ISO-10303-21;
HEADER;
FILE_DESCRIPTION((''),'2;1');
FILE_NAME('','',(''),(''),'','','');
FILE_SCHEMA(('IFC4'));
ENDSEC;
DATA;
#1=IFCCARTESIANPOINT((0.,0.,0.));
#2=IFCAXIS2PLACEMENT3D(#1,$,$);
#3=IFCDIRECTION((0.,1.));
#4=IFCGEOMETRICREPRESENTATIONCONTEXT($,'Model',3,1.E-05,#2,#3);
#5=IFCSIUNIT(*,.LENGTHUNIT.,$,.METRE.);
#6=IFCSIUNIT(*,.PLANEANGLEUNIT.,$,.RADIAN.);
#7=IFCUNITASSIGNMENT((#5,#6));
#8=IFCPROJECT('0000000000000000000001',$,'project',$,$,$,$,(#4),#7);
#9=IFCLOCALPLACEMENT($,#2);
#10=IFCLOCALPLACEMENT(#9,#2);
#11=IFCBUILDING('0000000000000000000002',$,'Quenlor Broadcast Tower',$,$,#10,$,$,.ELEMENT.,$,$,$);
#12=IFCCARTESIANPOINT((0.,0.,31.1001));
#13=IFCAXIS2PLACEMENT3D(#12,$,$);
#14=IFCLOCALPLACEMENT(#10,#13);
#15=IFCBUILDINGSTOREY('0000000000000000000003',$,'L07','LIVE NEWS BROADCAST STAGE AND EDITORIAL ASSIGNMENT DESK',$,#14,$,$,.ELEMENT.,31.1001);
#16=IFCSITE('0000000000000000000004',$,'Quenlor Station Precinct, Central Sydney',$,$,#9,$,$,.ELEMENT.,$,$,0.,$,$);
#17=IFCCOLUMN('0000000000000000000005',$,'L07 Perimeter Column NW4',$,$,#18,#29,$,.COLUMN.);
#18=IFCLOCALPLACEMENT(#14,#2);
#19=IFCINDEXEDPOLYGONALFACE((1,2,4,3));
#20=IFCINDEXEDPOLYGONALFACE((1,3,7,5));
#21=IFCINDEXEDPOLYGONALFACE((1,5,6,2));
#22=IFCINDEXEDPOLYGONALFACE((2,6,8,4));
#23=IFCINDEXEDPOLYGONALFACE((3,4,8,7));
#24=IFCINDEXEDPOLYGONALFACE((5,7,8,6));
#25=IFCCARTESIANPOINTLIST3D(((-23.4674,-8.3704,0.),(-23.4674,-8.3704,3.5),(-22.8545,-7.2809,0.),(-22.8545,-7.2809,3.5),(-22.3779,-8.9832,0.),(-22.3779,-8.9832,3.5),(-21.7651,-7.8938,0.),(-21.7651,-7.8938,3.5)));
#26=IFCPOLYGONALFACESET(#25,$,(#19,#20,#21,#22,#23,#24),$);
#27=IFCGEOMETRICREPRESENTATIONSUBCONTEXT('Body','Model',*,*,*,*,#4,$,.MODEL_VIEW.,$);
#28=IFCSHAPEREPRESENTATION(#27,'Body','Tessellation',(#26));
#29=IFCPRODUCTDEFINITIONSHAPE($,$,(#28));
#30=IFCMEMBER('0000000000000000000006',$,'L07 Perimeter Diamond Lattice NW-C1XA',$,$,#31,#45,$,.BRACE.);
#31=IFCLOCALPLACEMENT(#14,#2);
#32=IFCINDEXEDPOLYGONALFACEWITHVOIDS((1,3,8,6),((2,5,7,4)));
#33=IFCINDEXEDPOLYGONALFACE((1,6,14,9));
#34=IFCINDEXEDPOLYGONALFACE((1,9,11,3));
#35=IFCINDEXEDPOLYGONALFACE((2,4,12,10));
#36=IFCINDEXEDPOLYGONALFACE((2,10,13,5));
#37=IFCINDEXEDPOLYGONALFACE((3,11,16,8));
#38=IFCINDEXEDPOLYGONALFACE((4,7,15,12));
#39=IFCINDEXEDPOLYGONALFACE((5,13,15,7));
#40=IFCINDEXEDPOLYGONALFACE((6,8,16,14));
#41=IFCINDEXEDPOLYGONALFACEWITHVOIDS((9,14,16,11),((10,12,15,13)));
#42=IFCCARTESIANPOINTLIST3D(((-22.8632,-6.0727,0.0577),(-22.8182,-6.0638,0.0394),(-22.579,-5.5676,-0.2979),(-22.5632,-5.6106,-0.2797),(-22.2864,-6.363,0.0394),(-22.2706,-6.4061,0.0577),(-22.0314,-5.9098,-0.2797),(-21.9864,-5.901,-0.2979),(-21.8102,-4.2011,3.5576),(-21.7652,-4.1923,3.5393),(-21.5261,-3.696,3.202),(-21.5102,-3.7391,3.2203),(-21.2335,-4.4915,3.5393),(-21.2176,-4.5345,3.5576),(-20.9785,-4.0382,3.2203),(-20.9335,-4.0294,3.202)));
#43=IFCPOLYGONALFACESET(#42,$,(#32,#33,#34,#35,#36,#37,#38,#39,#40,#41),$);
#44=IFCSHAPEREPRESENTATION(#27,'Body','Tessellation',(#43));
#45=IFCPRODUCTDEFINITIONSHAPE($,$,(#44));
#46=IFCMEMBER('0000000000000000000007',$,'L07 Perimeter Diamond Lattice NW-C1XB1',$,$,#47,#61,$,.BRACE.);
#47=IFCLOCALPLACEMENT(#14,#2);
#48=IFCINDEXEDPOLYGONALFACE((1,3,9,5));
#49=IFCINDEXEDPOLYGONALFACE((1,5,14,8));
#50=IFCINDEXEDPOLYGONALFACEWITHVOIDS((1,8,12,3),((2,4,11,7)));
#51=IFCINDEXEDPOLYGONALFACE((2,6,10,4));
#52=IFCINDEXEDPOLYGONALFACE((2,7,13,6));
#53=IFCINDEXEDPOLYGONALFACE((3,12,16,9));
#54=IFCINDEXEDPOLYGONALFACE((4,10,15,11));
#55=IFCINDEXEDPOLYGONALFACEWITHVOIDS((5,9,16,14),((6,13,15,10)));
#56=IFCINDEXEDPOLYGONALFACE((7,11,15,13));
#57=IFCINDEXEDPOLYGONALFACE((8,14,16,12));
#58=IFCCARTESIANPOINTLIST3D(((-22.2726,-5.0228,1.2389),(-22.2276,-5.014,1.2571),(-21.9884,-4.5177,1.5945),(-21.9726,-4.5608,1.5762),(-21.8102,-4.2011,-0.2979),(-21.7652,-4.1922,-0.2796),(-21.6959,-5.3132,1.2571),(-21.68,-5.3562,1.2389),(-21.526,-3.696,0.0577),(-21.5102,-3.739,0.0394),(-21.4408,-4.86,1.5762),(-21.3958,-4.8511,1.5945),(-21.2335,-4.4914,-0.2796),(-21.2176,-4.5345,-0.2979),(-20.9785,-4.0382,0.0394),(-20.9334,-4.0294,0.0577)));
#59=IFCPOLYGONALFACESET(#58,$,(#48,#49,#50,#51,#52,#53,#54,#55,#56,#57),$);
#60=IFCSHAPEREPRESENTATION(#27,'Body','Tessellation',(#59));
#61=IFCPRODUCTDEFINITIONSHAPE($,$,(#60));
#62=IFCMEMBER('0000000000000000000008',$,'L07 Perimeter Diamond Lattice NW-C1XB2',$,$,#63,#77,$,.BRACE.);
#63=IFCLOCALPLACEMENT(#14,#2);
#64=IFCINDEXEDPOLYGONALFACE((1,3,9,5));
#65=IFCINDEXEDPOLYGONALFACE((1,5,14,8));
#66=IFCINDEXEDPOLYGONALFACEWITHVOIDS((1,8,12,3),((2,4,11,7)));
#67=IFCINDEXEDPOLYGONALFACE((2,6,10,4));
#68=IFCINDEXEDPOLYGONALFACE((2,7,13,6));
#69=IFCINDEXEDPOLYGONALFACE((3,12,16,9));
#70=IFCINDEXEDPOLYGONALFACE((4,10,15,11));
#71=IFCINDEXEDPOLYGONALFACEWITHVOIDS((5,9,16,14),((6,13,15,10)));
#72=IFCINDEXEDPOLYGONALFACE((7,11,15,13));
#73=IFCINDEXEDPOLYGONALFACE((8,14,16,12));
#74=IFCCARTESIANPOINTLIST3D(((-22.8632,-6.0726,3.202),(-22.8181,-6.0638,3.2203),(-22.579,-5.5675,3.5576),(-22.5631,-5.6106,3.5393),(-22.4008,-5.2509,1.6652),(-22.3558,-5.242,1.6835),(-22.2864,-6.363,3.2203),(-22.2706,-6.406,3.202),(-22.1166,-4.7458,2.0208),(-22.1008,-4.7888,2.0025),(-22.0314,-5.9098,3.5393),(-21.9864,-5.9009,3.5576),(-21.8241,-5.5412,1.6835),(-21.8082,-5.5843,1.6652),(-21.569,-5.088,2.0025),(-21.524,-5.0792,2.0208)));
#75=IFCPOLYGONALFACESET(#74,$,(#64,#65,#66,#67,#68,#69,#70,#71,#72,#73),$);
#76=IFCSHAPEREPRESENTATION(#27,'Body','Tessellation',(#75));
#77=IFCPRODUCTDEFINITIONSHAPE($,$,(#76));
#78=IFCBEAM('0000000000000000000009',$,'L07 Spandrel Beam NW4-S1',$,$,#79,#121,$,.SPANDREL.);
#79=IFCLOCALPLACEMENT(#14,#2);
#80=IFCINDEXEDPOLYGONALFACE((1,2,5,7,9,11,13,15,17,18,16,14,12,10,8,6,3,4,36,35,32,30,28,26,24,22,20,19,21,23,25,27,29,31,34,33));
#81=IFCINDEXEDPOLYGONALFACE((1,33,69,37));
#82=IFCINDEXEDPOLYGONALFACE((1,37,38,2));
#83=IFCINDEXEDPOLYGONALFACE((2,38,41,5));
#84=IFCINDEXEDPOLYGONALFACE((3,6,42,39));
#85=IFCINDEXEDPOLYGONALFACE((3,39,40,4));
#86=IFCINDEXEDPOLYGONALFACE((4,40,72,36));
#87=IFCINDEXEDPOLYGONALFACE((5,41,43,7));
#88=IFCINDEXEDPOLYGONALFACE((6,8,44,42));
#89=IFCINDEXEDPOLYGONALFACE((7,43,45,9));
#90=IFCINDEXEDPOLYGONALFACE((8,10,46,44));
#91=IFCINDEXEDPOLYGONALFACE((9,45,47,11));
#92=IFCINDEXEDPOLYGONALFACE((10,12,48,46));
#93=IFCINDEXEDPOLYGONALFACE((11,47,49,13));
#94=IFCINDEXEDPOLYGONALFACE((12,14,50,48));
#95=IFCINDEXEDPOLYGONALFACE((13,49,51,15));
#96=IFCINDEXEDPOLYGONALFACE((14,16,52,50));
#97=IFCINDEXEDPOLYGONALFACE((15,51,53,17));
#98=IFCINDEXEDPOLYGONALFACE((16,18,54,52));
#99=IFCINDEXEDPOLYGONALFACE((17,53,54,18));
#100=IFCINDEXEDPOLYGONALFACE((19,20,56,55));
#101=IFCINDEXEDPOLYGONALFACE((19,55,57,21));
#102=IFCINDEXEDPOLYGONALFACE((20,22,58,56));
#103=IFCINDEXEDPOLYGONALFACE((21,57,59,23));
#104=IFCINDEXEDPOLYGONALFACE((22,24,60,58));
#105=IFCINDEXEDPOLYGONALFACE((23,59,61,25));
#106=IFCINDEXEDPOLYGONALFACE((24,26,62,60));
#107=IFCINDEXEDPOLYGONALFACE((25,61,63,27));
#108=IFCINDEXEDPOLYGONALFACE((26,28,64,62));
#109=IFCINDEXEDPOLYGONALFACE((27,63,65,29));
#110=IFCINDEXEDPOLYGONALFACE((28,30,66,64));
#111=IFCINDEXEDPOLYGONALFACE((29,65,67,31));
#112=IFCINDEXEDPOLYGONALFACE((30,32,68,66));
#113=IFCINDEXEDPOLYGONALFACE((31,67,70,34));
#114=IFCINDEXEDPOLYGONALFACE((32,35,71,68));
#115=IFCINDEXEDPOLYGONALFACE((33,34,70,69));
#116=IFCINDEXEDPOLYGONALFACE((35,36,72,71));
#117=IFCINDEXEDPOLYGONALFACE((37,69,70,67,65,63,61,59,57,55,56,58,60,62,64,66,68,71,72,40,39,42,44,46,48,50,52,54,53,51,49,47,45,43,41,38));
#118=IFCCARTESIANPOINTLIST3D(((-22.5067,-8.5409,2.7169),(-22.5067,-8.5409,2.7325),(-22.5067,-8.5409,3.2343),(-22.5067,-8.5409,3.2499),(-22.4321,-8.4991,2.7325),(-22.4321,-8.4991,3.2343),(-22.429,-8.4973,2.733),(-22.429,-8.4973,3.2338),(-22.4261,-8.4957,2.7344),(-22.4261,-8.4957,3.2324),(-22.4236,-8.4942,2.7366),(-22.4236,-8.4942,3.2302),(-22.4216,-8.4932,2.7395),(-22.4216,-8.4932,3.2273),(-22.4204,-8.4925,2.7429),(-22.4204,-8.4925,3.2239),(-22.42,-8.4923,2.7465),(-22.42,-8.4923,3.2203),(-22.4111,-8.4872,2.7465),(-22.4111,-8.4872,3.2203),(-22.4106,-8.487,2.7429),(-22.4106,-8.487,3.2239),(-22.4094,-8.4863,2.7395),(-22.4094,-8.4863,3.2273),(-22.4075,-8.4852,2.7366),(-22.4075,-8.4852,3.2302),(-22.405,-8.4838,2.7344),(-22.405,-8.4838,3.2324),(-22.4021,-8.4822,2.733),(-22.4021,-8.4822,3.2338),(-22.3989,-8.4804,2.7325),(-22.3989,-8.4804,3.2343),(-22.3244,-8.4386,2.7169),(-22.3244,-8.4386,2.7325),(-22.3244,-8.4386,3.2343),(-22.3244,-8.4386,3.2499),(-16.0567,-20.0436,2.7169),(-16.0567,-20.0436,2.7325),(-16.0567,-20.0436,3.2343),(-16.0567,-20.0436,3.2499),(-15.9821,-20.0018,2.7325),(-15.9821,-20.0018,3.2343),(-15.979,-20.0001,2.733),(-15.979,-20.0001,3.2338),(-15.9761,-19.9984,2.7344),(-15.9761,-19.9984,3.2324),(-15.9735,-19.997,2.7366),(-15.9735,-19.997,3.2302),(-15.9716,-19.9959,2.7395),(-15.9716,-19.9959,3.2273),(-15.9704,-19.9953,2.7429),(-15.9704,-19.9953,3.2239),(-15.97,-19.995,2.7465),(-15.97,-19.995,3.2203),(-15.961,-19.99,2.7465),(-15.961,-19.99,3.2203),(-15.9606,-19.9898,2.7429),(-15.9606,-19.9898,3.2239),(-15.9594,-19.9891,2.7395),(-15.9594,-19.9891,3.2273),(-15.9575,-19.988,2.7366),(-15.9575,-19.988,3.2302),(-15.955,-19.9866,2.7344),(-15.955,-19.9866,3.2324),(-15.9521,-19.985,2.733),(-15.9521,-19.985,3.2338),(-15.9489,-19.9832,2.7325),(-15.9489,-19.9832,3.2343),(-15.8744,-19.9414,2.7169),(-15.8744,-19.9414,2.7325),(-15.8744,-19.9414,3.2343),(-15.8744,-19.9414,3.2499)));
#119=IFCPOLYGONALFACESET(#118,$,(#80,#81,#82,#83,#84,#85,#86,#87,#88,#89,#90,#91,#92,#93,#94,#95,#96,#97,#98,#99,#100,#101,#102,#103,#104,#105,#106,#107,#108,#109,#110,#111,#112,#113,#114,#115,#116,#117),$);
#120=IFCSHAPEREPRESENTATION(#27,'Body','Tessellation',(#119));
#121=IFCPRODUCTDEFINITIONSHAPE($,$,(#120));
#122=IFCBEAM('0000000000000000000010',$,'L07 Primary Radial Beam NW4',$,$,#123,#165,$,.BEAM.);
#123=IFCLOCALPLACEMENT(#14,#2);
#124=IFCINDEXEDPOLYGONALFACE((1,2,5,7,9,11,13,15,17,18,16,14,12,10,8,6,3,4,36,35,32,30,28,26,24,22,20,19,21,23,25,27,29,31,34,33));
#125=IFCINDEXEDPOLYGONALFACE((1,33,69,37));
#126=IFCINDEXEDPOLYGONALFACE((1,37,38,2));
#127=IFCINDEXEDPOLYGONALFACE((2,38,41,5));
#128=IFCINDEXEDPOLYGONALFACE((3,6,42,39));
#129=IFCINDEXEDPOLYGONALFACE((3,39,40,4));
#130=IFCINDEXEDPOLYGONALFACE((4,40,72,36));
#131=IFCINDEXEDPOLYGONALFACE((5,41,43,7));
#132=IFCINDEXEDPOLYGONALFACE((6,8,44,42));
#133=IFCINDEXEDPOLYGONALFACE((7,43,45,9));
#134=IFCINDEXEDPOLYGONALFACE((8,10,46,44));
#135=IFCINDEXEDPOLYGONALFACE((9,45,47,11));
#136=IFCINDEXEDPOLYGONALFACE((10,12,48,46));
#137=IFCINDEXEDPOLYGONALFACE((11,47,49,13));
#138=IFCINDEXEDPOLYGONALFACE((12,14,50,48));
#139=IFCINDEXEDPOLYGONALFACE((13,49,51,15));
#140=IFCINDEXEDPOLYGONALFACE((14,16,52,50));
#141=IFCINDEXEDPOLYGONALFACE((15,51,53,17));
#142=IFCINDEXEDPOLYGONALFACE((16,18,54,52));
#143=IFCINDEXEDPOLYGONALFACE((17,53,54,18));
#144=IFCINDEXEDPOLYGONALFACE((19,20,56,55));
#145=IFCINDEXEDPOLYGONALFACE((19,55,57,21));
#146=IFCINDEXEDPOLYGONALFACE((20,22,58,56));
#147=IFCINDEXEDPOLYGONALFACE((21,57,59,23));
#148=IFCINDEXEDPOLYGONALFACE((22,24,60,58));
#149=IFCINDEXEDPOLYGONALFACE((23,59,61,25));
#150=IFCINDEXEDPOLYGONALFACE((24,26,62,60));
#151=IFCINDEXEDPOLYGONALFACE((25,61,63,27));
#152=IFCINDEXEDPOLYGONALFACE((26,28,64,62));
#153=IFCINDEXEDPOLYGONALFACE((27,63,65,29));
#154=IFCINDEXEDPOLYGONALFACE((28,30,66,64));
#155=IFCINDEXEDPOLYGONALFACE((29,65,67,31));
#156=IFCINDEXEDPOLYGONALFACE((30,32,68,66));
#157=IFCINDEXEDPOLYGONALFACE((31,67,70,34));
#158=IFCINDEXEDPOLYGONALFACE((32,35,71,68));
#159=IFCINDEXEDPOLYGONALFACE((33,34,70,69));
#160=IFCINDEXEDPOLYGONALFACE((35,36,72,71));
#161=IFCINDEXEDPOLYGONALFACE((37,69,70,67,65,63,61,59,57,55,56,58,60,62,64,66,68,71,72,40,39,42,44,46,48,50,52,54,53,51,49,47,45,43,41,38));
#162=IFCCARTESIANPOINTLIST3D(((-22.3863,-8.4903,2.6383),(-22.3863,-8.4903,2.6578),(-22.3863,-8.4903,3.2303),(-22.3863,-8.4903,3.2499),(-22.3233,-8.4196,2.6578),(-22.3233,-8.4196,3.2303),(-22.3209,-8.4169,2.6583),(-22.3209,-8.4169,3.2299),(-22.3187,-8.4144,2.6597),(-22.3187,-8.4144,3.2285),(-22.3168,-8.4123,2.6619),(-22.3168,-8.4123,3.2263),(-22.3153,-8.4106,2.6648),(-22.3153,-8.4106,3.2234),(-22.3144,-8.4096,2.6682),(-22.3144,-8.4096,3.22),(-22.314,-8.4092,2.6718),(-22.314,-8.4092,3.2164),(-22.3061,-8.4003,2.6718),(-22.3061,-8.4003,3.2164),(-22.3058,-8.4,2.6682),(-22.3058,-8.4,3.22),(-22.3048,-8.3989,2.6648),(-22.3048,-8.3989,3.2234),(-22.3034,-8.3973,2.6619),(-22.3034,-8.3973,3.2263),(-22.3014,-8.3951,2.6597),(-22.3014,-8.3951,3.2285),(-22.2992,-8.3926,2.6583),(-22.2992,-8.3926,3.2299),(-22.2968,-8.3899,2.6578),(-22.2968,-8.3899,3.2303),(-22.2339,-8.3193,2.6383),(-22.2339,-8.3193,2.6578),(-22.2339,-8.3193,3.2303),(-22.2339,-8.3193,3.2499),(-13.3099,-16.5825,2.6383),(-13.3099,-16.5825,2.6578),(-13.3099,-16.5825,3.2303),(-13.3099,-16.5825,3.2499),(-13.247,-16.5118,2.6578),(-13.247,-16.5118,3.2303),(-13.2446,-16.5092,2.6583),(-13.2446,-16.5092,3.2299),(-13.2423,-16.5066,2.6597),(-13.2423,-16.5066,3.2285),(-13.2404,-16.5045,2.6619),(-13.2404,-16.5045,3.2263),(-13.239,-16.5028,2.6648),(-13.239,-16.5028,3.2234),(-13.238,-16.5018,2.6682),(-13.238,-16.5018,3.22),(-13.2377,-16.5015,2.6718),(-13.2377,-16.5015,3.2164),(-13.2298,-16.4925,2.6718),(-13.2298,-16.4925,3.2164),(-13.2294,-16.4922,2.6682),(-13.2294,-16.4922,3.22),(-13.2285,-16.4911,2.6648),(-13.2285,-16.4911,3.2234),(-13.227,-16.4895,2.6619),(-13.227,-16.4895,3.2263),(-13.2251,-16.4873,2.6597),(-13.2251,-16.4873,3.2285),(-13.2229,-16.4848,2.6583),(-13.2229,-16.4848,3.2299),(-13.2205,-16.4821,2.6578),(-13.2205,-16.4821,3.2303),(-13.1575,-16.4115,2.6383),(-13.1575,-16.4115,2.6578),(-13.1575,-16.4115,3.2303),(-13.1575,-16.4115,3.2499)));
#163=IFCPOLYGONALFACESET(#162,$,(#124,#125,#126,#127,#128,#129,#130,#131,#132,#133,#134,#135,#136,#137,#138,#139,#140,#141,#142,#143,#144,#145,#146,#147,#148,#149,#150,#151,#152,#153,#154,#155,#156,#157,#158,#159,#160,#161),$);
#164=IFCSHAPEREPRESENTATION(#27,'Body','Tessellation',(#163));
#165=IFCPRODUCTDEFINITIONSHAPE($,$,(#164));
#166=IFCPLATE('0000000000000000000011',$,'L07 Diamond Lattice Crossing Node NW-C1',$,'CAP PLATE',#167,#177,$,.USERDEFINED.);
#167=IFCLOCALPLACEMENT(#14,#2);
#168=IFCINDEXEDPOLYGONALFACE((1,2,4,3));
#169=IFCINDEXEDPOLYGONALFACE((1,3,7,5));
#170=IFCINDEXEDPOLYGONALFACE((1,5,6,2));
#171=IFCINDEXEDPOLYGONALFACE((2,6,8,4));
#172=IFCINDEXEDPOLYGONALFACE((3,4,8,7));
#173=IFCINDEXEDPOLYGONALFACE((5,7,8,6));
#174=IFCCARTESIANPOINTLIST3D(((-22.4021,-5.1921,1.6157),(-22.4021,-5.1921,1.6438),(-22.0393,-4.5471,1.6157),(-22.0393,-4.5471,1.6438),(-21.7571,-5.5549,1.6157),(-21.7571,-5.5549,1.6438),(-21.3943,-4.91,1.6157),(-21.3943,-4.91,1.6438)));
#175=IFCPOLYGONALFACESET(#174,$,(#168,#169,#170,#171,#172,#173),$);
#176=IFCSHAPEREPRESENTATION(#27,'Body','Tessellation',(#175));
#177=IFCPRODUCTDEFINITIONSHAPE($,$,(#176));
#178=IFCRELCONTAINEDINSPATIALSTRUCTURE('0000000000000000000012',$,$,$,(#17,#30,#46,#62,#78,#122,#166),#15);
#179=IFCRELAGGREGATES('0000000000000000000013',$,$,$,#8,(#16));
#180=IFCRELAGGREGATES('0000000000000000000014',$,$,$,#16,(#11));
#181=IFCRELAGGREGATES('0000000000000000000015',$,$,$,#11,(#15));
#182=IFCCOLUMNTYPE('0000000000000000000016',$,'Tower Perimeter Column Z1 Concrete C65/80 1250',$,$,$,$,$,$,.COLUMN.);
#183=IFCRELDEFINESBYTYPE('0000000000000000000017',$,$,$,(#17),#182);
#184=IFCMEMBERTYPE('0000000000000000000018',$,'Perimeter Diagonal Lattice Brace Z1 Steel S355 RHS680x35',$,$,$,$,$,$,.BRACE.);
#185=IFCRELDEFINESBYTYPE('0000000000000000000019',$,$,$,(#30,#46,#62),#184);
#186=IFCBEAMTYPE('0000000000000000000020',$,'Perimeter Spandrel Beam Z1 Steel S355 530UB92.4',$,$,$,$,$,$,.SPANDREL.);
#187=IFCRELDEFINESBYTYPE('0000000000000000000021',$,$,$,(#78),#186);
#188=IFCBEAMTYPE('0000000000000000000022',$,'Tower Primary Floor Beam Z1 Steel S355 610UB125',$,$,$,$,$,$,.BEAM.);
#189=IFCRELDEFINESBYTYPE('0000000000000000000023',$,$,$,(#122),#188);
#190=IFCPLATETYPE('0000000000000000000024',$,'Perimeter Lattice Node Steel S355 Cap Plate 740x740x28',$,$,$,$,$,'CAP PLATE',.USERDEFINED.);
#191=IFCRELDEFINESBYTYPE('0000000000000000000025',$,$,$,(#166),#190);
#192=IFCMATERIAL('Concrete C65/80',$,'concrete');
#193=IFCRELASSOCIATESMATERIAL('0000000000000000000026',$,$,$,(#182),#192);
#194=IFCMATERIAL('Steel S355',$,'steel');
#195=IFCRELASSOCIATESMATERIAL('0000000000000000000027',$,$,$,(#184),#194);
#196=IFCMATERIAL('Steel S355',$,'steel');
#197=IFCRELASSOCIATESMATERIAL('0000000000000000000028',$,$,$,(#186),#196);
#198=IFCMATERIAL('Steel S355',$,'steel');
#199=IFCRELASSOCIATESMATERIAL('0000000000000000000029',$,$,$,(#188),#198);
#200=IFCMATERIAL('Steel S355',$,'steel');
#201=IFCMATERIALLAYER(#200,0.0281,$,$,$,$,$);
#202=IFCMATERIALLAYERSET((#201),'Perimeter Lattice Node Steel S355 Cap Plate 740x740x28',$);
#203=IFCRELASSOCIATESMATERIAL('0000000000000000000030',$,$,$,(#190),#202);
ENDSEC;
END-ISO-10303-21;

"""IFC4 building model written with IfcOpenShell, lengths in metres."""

from ifc_helpers import new_model, si_unit, direction, frame, origin, origin_2d, place, context, subcontext, project, spatial, rectangle, hollow_rectangle, i_section, extrude, material, layer, layer_set, material_profile, profile_set, type_object, element, save


model = new_model("IFC4")

# Units and contexts
model_context = context("Model", 3, precision=1e-05, world=origin(), true_north=direction((0.0, 1.0)))
body_context = subcontext(model_context, "Body", "Model", "MODEL_VIEW")
ifc_project = project(units=[si_unit("LENGTHUNIT", "METRE"), si_unit("PLANEANGLEUNIT", "RADIAN")], contexts=[model_context])

# Site, building, storey
site_placement = place(None, origin())
site = spatial("IfcSite", under=ifc_project, at=site_placement, Name="Quenlor Station Precinct, Central Sydney", CompositionType="ELEMENT", RefElevation=0.0)
building_placement = place(site_placement, origin())
building = spatial("IfcBuilding", under=site, at=building_placement, Name="Quenlor Broadcast Tower", CompositionType="ELEMENT")
storey_placement = place(building_placement, frame((0.0, 0.0, 31.1001)))
storey = spatial("IfcBuildingStorey", under=building, at=storey_placement, Name="L07", Description="LIVE NEWS BROADCAST STAGE AND EDITORIAL ASSIGNMENT DESK", CompositionType="ELEMENT", Elevation=31.1001)

# Column
ifc_material_1 = material(Name="Concrete C65/80", Category="concrete")
ifc_material_profile_1 = material_profile(ifc_material_1, rectangle(XDim=1.25, YDim=1.25, at=origin_2d()))
ifc_profile_set_1 = profile_set([ifc_material_profile_1], Name="Concrete C65/80 RC1250x1250")
column_type = type_object("IfcColumnType", Name="Tower Perimeter Column Z1 Concrete C65/80 1250", PredefinedType="COLUMN", material=ifc_profile_set_1)
column_placement = place(storey_placement, frame((-22.6162, -8.1321, 0.0), z_axis=(0.0, 0.0, 1.0), x_axis=(-0.871575, 0.490262, 0.0)))
element("IfcColumn", 1, at=column_placement, inside=storey, type_object=column_type, Name="L07 Perimeter Column NW4", PredefinedType="COLUMN", context=body_context, shape_type="SweptSolid", body=[
    extrude(rectangle(XDim=1.25, YDim=1.25, at=origin_2d()), origin(), (0.0, 0.0, 1.0), 3.5),
])

# Members
ifc_material_2 = material(Name="Steel S355", Category="steel")
ifc_material_profile_2 = material_profile(ifc_material_2, hollow_rectangle(XDim=0.6799, YDim=0.6799, WallThickness=0.0349, at=origin_2d()))
ifc_profile_set_2 = profile_set([ifc_material_profile_2], Name="Steel S355 RHS680x680x35")
member_type = type_object("IfcMemberType", Name="Perimeter Diagonal Lattice Brace Z1 Steel S355 RHS680x35", PredefinedType="BRACE", material=ifc_profile_set_2)
member_placement = place(storey_placement, frame((-22.4248, -5.9868, -0.1201), z_axis=(0.256431, 0.455785, 0.852352), x_axis=(-0.871533, 0.490337, 0.0)))
element("IfcMember", 2, at=member_placement, inside=storey, type_object=member_type, Name="L07 Perimeter Diamond Lattice NW-C1XA", PredefinedType="BRACE", context=body_context, shape_type="SweptSolid", body=[
    extrude(hollow_rectangle(XDim=0.6799, YDim=0.6799, WallThickness=0.0349, at=origin_2d()), origin(), (0.0, 0.0, 1.0), 4.1062),
])
for number, where, z_axis, x_axis, name in (
    (3, (-21.3718, -4.1152, -0.1201), (-0.256452, -0.455764, 0.852357), (0.871506, -0.490384, 0.0), "L07 Perimeter Diamond Lattice NW-C1XB1"),
    (4, (-21.9624, -5.165, 1.843), (-0.256452, -0.455764, 0.852357), (0.871506, -0.490384, 0.0), "L07 Perimeter Diamond Lattice NW-C1XB2"),
):
    element("IfcMember", number, at=place(storey_placement, frame(where, z_axis=z_axis, x_axis=x_axis)), inside=storey, type_object=member_type, Name=name, PredefinedType="BRACE", context=body_context, shape_type="SweptSolid", body=[
        extrude(hollow_rectangle(XDim=0.6799, YDim=0.6799, WallThickness=0.0349, at=origin_2d()), origin(), (0.0, 0.0, 1.0), 1.803),
    ])

# Beams
ifc_material_3 = material(Name="Steel S355", Category="steel")
ifc_material_profile_3 = material_profile(ifc_material_3, i_section(OverallWidth=0.209, OverallDepth=0.533, WebThickness=0.0103, FlangeThickness=0.0156, FilletRadius=0.0139, at=origin_2d()))
ifc_profile_set_3 = profile_set([ifc_material_profile_3], Name="Steel S355 530UB92.4")
beam_type_1 = type_object("IfcBeamType", Name="Perimeter Spandrel Beam Z1 Steel S355 530UB92.4", PredefinedType="SPANDREL", material=ifc_profile_set_3)
beam_1_placement = place(storey_placement, frame((-22.4155, -8.4897, 2.9834), z_axis=(0.489091, -0.872233, 0.0), x_axis=(0.872233, 0.489091, 0.0)))
element("IfcBeam", 5, at=beam_1_placement, inside=storey, type_object=beam_type_1, Name="L07 Spandrel Beam NW4-S1", PredefinedType="SPANDREL", context=body_context, shape_type="SweptSolid", body=[
    extrude(i_section(OverallWidth=0.209, OverallDepth=0.533, WebThickness=0.0103, FlangeThickness=0.0156, FilletRadius=0.0139, at=origin_2d()), origin(), (0.0, 0.0, 1.0), 13.1877),
])
ifc_material_4 = material(Name="Steel S355", Category="steel")
ifc_material_profile_4 = material_profile(ifc_material_4, i_section(OverallWidth=0.229, OverallDepth=0.6116, WebThickness=0.012, FlangeThickness=0.0195, FilletRadius=0.0139, at=origin_2d()))
ifc_profile_set_4 = profile_set([ifc_material_profile_4], Name="Steel S355 610UB125")
beam_type_2 = type_object("IfcBeamType", Name="Tower Primary Floor Beam Z1 Steel S355 610UB125", PredefinedType="BEAM", material=ifc_profile_set_4)
beam_2_placement = place(storey_placement, frame((-22.3101, -8.4048, 2.9441), z_axis=(0.746414, -0.665482, 0.0), x_axis=(0.665482, 0.746414, 0.0)))
element("IfcBeam", 6, at=beam_2_placement, inside=storey, type_object=beam_type_2, Name="L07 Primary Radial Beam NW4", PredefinedType="BEAM", context=body_context, shape_type="SweptSolid", body=[
    extrude(i_section(OverallWidth=0.229, OverallDepth=0.6116, WebThickness=0.012, FlangeThickness=0.0195, FilletRadius=0.0139, at=origin_2d()), origin(), (0.0, 0.0, 1.0), 12.1599),
])

# Plate
ifc_material_5 = material(Name="Steel S355", Category="steel")
ifc_layer_1 = layer(ifc_material_5, 0.0281)
ifc_layer_set_1 = layer_set([ifc_layer_1], Name="Perimeter Lattice Node Steel S355 Cap Plate 740x740x28")
plate_type_1 = type_object("IfcPlateType", Name="Perimeter Lattice Node Steel S355 Cap Plate 740x740x28", ElementType="CAP PLATE", PredefinedType="USERDEFINED", material=ifc_layer_set_1)
plate_placement = place(storey_placement, frame((-21.8982, -5.051, 1.6157), z_axis=(0.0, 0.0, 1.0), x_axis=(0.490295, 0.871556, 0.0)))
element("IfcPlate", 7, at=plate_placement, inside=storey, type_object=plate_type_1, Name="L07 Diamond Lattice Crossing Node NW-C1", ObjectType="CAP PLATE", PredefinedType="USERDEFINED", context=body_context, shape_type="SweptSolid", body=[
    extrude(rectangle(XDim=0.74, YDim=0.74, at=origin_2d()), origin(), (0.0, 0.0, 1.0), 0.0281),
])

save(model, "model.ifc")
